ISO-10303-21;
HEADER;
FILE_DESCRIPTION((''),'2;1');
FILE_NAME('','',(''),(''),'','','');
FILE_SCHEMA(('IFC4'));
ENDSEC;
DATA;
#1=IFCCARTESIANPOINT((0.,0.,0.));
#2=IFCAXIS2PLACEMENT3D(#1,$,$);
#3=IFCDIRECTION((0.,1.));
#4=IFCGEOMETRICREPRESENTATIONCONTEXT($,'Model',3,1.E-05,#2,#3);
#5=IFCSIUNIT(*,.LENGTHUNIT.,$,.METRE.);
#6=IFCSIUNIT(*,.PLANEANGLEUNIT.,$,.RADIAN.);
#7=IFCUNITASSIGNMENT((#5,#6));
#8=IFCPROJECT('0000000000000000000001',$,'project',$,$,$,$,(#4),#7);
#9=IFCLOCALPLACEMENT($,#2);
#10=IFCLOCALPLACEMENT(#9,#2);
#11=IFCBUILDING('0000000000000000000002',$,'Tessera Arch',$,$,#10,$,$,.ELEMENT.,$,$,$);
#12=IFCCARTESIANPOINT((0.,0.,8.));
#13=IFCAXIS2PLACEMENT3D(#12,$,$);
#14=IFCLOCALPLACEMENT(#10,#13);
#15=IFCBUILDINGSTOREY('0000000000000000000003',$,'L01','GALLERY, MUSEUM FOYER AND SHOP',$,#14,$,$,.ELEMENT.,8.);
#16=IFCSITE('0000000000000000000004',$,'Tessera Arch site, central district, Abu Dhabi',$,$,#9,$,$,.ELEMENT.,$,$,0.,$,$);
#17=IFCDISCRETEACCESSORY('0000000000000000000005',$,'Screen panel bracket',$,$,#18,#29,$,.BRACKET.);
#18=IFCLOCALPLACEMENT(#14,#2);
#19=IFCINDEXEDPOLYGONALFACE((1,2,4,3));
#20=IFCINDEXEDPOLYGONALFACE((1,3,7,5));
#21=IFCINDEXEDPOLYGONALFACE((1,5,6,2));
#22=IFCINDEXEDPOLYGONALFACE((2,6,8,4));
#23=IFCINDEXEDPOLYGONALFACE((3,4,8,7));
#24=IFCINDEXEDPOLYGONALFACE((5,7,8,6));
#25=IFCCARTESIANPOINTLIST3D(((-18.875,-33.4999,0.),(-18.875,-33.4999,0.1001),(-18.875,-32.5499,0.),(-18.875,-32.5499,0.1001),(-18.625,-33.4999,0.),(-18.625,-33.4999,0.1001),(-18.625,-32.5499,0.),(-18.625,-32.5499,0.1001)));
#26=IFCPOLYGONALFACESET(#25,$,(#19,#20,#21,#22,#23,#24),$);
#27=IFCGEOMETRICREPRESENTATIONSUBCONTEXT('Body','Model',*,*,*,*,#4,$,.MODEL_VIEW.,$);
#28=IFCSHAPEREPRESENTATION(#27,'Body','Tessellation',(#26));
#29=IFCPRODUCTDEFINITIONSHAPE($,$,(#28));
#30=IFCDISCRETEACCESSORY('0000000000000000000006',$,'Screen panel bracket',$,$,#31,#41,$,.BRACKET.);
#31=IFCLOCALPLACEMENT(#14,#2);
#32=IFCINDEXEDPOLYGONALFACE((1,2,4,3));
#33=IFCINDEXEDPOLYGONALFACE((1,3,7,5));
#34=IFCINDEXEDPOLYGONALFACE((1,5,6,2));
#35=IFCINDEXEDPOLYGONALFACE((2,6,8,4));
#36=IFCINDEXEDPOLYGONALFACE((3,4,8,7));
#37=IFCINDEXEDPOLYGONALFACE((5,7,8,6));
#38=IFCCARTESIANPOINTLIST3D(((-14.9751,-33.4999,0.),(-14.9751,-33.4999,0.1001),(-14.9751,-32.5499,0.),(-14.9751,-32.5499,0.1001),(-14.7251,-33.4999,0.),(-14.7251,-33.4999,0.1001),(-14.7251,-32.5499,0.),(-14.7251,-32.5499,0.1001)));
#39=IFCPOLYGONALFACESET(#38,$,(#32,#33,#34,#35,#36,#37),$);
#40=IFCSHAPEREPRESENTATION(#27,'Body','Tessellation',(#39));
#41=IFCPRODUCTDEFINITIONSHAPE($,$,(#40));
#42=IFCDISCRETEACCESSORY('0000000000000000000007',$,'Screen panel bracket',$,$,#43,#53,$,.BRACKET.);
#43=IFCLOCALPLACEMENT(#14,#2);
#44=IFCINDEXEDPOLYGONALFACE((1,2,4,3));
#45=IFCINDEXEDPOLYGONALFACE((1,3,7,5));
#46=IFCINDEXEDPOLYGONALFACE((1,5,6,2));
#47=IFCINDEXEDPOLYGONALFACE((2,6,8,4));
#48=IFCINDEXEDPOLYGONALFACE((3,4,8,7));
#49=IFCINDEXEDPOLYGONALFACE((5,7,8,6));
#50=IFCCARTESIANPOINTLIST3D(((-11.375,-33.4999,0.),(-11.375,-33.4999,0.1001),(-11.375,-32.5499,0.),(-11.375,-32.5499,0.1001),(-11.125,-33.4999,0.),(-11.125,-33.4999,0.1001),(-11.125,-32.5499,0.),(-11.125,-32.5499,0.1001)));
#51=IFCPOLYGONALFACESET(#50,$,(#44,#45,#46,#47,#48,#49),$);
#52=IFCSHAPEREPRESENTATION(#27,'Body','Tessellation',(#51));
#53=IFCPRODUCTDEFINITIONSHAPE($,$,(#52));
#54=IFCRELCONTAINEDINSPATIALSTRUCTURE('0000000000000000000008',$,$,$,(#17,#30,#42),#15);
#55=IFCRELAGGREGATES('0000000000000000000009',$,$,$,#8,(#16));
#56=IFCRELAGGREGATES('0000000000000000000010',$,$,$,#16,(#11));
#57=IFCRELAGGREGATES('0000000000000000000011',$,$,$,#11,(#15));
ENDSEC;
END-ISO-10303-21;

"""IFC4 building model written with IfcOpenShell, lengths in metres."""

from ifc_helpers import new_model, si_unit, direction, frame, origin, origin_2d, place, context, subcontext, project, spatial, rectangle, extrude, element, save


model = new_model("IFC4")

# Units and contexts
model_context = context("Model", 3, precision=1e-05, world=origin(), true_north=direction((0.0, 1.0)))
body_context = subcontext(model_context, "Body", "Model", "MODEL_VIEW")
ifc_project = project(units=[si_unit("LENGTHUNIT", "METRE"), si_unit("PLANEANGLEUNIT", "RADIAN")], contexts=[model_context])

# Site, building, storey
site_placement = place(None, origin())
site = spatial("IfcSite", under=ifc_project, at=site_placement, Name="Tessera Arch site, central district, Abu Dhabi", CompositionType="ELEMENT", RefElevation=0.0)
building_placement = place(site_placement, origin())
building = spatial("IfcBuilding", under=site, at=building_placement, Name="Tessera Arch", CompositionType="ELEMENT")
storey_placement = place(building_placement, frame((0.0, 0.0, 8.0)))
storey = spatial("IfcBuildingStorey", under=building, at=storey_placement, Name="L01", Description="GALLERY, MUSEUM FOYER AND SHOP", CompositionType="ELEMENT", Elevation=8.0)

# Discrete accessories
for number, where, z_axis, x_axis, name in (
    (1, (-18.75, -33.0249, 0.0), (0.0, 0.0, 1.0), (0.0, -1.0, 0.0), "Screen panel bracket"),
    (2, (-14.8501, -33.0249, 0.0), (0.0, 0.0, 1.0), (0.0, -1.0, 0.0), "Screen panel bracket"),
    (3, (-11.25, -33.0249, 0.0), (0.0, 0.0, 1.0), (0.0, -1.0, 0.0), "Screen panel bracket"),
):
    element("IfcDiscreteAccessory", number, at=place(storey_placement, frame(where, z_axis=z_axis, x_axis=x_axis)), inside=storey, Name=name, PredefinedType="BRACKET", context=body_context, shape_type="SweptSolid", body=[
        extrude(rectangle(XDim=0.95, YDim=0.25, at=origin_2d()), origin(), (0.0, 0.0, 1.0), 0.1001),
    ])

save(model, "model.ifc")
